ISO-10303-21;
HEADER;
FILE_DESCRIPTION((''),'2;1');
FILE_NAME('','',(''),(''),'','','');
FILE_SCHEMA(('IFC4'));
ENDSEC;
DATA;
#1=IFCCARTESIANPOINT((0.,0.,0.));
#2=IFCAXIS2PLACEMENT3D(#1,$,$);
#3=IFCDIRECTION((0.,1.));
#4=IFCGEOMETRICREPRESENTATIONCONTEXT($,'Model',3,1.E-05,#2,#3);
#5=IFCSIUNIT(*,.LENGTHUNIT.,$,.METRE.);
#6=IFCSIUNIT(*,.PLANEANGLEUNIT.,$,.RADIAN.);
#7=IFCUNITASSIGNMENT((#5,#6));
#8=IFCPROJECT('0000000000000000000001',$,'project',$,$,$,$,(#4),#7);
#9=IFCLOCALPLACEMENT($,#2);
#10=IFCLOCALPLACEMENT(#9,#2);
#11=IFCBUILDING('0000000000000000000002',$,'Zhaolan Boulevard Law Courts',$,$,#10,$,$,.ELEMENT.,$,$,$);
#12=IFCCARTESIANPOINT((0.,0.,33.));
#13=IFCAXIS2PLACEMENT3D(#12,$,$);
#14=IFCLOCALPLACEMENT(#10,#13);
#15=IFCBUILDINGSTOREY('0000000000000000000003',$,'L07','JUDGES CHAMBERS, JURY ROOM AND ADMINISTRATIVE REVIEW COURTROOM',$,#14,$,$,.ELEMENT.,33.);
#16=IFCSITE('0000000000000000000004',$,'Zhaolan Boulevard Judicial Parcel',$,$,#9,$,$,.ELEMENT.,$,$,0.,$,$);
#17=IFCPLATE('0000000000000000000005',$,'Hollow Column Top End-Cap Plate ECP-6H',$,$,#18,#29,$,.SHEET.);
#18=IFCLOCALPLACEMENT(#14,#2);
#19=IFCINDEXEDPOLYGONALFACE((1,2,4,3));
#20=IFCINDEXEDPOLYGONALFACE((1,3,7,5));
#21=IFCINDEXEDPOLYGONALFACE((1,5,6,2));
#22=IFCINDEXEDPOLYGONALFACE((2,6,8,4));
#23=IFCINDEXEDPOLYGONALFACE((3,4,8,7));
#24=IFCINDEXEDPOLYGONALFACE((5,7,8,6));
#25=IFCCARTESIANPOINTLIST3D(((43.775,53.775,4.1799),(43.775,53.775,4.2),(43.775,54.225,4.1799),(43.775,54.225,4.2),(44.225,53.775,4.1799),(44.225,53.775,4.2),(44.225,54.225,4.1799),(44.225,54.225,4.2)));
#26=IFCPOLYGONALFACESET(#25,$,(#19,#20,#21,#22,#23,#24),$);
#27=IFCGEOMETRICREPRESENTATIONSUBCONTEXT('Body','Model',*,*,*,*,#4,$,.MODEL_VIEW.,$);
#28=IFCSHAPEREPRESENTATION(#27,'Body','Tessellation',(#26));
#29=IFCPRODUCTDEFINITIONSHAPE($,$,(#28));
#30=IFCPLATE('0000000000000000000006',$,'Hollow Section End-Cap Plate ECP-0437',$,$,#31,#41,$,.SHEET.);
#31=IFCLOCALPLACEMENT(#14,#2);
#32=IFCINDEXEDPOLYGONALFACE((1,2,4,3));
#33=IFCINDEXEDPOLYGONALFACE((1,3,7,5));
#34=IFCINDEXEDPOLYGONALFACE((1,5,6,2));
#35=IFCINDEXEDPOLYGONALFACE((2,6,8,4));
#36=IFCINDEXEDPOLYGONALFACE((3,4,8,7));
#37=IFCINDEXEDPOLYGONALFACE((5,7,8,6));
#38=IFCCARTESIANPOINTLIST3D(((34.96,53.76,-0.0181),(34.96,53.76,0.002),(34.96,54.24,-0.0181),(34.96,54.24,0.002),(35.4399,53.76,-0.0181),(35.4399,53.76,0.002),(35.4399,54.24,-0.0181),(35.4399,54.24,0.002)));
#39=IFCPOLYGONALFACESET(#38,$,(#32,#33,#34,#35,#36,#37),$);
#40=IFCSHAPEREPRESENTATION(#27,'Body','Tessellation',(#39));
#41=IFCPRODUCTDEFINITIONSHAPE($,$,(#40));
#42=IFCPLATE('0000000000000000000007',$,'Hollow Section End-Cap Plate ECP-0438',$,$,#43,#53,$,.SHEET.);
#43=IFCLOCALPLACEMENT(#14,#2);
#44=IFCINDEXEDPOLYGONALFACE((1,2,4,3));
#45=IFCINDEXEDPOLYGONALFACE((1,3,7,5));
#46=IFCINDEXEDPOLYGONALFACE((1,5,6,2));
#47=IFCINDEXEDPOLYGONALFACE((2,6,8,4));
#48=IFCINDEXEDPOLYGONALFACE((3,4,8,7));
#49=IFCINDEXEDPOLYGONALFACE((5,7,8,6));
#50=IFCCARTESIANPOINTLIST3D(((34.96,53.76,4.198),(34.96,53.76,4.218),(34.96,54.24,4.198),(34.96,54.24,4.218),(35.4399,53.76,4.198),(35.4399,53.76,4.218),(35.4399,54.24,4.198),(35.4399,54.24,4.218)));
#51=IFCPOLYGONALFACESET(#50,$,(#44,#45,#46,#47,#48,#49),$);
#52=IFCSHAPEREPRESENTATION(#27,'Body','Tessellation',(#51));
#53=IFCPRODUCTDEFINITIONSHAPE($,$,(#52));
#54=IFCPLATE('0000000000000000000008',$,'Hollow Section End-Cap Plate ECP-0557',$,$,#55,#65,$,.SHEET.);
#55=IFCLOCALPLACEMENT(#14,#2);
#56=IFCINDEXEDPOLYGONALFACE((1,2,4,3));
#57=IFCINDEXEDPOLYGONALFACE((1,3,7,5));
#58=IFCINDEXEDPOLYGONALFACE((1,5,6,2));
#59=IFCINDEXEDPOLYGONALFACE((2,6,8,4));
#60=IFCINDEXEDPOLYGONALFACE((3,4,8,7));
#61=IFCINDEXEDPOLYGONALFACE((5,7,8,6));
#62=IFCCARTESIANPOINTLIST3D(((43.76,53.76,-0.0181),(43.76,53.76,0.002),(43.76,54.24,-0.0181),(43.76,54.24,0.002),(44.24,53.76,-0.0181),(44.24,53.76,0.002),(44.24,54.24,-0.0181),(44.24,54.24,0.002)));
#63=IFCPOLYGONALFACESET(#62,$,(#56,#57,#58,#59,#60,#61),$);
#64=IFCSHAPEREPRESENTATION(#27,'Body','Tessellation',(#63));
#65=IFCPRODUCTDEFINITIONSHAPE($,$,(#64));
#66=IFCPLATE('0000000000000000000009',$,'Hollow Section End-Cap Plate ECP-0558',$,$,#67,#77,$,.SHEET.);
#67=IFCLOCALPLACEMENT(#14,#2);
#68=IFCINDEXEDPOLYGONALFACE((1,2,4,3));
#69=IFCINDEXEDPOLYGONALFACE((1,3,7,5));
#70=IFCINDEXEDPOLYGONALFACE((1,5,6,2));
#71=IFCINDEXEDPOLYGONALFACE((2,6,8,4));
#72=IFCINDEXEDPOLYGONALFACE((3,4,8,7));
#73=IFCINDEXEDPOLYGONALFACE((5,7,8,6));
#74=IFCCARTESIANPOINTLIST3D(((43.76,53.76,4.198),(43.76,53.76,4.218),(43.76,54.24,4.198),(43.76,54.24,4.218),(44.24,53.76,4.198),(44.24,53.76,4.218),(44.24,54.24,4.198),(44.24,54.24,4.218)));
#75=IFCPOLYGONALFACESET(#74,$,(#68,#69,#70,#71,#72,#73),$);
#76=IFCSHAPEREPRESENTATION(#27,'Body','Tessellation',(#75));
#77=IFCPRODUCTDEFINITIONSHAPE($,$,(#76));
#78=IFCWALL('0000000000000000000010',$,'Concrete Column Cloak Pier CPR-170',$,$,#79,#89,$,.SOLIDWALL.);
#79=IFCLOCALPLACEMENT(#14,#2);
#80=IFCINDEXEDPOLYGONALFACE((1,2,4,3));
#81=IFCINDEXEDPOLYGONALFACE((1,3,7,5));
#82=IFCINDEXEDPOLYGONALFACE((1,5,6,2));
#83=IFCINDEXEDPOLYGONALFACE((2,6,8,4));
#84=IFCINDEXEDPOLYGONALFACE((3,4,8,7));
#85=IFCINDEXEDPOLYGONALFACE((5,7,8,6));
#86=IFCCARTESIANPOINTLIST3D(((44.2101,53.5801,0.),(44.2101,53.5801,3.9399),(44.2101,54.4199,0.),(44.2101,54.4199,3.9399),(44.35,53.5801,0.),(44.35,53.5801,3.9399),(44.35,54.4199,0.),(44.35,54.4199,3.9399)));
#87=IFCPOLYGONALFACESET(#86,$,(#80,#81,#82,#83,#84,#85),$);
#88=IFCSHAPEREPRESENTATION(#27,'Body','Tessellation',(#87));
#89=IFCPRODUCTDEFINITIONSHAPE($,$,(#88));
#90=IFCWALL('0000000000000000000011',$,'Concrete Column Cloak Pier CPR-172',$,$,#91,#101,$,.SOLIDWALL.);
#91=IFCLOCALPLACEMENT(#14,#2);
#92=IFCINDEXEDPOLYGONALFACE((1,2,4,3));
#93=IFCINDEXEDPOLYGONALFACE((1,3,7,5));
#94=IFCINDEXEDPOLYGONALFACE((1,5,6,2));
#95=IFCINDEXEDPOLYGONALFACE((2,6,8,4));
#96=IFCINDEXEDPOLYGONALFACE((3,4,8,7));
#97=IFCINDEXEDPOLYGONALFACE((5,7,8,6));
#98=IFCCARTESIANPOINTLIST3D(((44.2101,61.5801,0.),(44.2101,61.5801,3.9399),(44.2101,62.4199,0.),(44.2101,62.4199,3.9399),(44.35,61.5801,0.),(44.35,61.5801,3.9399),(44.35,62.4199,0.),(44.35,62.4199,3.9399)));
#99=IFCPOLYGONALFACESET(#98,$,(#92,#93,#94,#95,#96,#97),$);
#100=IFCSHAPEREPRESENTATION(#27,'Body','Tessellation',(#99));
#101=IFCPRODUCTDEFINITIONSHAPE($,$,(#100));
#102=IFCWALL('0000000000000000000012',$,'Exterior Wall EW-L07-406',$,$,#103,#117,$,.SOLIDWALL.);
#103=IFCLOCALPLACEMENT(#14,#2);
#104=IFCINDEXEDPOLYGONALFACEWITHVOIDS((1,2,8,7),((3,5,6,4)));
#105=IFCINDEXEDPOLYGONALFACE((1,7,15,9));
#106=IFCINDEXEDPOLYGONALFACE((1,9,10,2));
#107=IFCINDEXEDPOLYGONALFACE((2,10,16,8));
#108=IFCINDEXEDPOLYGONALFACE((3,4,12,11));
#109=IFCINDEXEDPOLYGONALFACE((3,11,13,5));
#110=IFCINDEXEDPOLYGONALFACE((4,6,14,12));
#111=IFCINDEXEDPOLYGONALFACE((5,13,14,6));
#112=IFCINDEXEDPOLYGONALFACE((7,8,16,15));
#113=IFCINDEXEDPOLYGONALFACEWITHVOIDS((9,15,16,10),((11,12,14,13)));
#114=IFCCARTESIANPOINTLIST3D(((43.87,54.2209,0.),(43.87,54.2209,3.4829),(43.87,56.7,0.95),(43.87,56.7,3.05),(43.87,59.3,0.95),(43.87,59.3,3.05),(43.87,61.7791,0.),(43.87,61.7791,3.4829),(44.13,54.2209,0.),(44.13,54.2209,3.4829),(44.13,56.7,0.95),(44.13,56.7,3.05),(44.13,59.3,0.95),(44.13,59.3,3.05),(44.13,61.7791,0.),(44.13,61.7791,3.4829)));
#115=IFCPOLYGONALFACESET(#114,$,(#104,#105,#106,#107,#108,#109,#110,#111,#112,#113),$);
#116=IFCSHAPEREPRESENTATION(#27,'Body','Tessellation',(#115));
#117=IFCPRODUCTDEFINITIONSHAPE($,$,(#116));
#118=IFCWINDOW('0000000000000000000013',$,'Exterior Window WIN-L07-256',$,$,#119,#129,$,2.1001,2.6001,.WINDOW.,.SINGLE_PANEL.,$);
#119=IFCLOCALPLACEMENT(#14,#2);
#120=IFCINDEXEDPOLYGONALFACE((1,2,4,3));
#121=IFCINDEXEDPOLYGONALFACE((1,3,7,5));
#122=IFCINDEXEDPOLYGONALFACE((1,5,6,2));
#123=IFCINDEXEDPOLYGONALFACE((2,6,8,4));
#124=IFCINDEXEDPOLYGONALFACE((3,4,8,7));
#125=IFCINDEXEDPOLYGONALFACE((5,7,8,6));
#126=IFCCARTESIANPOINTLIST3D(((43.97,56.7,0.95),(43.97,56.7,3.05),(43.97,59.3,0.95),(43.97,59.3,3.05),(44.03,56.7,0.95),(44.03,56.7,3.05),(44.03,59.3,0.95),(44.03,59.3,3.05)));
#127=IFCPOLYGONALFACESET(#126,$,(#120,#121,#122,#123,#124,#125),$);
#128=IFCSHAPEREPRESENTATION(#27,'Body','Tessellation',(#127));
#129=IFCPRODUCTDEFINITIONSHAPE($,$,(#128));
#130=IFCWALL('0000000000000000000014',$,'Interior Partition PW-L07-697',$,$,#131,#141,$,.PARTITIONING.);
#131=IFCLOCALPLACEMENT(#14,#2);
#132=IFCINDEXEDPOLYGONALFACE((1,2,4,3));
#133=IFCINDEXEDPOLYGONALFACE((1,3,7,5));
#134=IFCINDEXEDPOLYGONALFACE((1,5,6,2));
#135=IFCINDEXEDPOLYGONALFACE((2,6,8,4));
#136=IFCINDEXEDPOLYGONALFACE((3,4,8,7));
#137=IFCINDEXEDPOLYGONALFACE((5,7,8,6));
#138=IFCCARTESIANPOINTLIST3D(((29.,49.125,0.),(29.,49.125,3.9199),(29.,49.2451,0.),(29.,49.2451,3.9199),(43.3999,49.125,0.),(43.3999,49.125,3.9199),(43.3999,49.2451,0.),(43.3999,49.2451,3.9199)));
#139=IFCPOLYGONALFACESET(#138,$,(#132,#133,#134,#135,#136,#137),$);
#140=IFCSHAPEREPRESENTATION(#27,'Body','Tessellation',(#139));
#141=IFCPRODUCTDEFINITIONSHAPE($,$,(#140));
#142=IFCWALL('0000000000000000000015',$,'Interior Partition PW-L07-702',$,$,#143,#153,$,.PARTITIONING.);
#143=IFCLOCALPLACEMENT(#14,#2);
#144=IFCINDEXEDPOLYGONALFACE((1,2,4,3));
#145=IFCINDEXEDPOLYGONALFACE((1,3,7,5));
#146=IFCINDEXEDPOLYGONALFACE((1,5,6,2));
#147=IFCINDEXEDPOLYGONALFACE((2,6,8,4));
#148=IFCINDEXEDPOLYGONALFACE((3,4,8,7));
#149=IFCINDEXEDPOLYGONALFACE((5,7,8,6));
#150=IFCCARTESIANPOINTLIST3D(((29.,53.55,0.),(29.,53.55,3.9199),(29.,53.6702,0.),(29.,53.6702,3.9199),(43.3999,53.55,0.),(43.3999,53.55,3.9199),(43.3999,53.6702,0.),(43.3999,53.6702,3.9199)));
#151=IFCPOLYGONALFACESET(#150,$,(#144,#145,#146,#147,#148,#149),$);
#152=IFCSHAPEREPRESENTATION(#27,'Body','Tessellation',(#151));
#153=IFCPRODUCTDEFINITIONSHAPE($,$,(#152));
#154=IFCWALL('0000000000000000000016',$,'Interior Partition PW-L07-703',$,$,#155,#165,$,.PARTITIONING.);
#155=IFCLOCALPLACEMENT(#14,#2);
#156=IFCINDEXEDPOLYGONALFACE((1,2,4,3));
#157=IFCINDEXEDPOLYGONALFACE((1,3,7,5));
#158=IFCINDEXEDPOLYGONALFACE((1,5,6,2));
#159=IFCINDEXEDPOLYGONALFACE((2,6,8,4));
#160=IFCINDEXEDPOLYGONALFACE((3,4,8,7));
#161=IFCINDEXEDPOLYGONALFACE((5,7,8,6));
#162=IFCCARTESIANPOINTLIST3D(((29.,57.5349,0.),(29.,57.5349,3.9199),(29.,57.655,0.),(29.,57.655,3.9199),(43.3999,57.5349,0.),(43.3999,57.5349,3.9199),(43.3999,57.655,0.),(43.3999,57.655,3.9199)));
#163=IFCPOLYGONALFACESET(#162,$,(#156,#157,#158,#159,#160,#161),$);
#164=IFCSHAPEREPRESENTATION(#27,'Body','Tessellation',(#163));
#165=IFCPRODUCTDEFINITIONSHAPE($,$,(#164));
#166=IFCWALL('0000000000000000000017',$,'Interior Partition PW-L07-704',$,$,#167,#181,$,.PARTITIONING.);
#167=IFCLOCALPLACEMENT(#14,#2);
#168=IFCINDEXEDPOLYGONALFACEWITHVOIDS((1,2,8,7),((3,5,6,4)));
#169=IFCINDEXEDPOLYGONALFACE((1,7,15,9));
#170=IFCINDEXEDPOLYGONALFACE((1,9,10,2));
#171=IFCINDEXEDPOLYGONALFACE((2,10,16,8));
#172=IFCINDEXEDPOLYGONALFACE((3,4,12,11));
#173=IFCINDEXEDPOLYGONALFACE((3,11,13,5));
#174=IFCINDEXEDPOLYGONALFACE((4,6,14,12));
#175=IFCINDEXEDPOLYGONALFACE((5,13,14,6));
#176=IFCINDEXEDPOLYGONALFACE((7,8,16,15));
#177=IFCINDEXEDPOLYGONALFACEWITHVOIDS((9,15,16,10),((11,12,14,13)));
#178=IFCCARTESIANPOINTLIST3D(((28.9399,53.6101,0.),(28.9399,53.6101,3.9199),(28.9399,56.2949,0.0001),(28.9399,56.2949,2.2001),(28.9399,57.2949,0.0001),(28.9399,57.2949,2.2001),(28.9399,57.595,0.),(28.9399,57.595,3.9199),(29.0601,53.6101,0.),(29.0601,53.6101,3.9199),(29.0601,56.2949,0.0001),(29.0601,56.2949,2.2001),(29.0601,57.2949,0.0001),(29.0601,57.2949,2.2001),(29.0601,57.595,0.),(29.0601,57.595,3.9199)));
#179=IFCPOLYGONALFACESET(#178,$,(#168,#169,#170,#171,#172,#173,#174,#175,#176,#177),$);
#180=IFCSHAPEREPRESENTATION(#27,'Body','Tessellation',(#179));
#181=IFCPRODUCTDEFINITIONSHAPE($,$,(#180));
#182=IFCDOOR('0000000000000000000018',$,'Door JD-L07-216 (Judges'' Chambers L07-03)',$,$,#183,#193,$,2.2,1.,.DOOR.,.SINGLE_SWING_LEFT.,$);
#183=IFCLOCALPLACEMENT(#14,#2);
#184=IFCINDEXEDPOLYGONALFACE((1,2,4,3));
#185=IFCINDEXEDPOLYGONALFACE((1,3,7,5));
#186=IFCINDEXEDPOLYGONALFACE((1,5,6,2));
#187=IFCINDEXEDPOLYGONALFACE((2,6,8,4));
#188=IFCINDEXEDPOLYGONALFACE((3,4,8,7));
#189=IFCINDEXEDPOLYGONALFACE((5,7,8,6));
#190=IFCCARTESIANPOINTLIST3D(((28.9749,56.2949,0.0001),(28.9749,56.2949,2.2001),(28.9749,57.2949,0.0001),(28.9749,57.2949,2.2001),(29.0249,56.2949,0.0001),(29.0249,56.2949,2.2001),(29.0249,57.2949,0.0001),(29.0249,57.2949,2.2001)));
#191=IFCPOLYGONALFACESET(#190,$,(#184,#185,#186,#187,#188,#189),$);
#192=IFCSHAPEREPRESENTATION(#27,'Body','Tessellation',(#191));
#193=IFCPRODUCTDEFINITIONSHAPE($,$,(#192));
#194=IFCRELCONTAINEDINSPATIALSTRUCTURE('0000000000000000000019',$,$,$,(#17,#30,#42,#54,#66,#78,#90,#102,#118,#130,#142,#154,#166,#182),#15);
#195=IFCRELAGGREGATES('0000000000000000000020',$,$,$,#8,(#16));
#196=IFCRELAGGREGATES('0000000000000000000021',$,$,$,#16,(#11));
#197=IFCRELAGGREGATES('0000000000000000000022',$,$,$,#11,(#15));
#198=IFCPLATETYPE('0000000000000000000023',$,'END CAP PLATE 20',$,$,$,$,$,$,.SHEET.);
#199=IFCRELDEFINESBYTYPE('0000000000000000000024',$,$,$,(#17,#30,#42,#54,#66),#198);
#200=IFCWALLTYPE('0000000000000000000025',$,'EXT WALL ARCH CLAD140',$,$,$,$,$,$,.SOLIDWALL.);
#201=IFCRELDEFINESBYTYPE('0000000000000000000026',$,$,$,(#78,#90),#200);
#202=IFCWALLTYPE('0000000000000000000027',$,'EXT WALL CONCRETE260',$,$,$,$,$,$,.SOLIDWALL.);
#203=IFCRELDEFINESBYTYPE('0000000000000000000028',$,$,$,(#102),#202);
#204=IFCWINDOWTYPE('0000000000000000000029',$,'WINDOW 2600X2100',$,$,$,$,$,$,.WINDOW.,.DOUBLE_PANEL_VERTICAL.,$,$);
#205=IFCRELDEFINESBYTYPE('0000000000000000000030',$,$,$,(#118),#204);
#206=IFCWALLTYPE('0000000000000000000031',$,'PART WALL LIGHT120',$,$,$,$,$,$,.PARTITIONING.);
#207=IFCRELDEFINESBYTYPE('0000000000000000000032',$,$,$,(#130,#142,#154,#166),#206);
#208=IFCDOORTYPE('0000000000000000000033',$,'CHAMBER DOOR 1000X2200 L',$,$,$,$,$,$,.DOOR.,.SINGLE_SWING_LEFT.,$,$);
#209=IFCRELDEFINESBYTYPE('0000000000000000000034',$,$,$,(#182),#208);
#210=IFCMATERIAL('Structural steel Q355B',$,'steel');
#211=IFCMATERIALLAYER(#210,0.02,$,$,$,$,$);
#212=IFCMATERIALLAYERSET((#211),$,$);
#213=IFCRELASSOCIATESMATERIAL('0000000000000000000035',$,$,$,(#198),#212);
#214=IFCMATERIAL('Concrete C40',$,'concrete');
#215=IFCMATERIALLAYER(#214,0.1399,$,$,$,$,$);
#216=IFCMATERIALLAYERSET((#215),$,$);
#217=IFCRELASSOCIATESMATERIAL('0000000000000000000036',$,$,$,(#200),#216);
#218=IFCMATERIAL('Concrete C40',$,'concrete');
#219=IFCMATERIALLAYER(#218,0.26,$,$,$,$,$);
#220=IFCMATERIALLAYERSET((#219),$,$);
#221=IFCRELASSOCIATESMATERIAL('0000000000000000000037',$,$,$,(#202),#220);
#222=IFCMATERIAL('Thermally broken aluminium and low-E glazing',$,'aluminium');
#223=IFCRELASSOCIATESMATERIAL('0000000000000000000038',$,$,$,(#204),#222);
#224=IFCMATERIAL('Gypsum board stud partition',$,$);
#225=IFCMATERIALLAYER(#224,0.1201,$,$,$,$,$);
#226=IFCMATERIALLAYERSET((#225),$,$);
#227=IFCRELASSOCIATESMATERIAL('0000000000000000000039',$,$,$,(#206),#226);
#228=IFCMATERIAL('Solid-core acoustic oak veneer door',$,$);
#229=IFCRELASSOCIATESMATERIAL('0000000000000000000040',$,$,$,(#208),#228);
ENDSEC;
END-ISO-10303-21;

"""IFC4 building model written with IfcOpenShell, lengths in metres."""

from ifc_helpers import new_model, si_unit, direction, frame, frame_2d, origin, origin_2d, place, context, subcontext, project, spatial, rectangle, extrude, material, layer, layer_set, type_object, element, fill, save


model = new_model("IFC4")

# Units and contexts
model_context = context("Model", 3, precision=1e-05, world=origin(), true_north=direction((0.0, 1.0)))
body_context = subcontext(model_context, "Body", "Model", "MODEL_VIEW")
ifc_project = project(units=[si_unit("LENGTHUNIT", "METRE"), si_unit("PLANEANGLEUNIT", "RADIAN")], contexts=[model_context])

# Site, building, storey
site_placement = place(None, origin())
site = spatial("IfcSite", under=ifc_project, at=site_placement, Name="Zhaolan Boulevard Judicial Parcel", CompositionType="ELEMENT", RefElevation=0.0)
building_placement = place(site_placement, origin())
building = spatial("IfcBuilding", under=site, at=building_placement, Name="Zhaolan Boulevard Law Courts", CompositionType="ELEMENT")
storey_placement = place(building_placement, frame((0.0, 0.0, 33.0)))
storey = spatial("IfcBuildingStorey", under=building, at=storey_placement, Name="L07", Description="JUDGES CHAMBERS, JURY ROOM AND ADMINISTRATIVE REVIEW COURTROOM", CompositionType="ELEMENT", Elevation=33.0)

# Plates
ifc_material_1 = material(Name="Structural steel Q355B", Category="steel")
ifc_layer_1 = layer(ifc_material_1, 0.02)
ifc_layer_set_1 = layer_set([ifc_layer_1])
plate_type = type_object("IfcPlateType", Name="END CAP PLATE 20", PredefinedType="SHEET", material=ifc_layer_set_1)
plate_placement = place(storey_placement, frame((44.0, 54.0, 4.1799), z_axis=(0.0, 0.0, 1.0), x_axis=(1.0, 0.0, 0.0)))
element("IfcPlate", 1, at=plate_placement, inside=storey, type_object=plate_type, Name="Hollow Column Top End-Cap Plate ECP-6H", PredefinedType="SHEET", context=body_context, shape_type="SweptSolid", body=[
    extrude(rectangle(XDim=0.45, YDim=0.45, at=origin_2d()), origin(), (0.0, 0.0, 1.0), 0.02),
])
for number, where, z_axis, x_axis, name in (
    (2, (35.2, 54.0, -0.0181), (0.0, 0.0, 1.0), (1.0, 0.0, 0.0), "Hollow Section End-Cap Plate ECP-0437"),
    (3, (35.2, 54.0, 4.198), (0.0, 0.0, 1.0), (1.0, 0.0, 0.0), "Hollow Section End-Cap Plate ECP-0438"),
    (4, (44.0, 54.0, -0.0181), (0.0, 0.0, 1.0), (1.0, 0.0, 0.0), "Hollow Section End-Cap Plate ECP-0557"),
    (5, (44.0, 54.0, 4.198), (0.0, 0.0, 1.0), (1.0, 0.0, 0.0), "Hollow Section End-Cap Plate ECP-0558"),
):
    element("IfcPlate", number, at=place(storey_placement, frame(where, z_axis=z_axis, x_axis=x_axis)), inside=storey, type_object=plate_type, Name=name, PredefinedType="SHEET", context=body_context, shape_type="SweptSolid", body=[
        extrude(rectangle(XDim=0.48, YDim=0.48, at=origin_2d()), origin(), (0.0, 0.0, 1.0), 0.02),
    ])

# Walls
ifc_material_2 = material(Name="Concrete C40", Category="concrete")
ifc_layer_2 = layer(ifc_material_2, 0.1399)
ifc_layer_set_2 = layer_set([ifc_layer_2])
wall_type_1 = type_object("IfcWallType", Name="EXT WALL ARCH CLAD140", PredefinedType="SOLIDWALL", material=ifc_layer_set_2)
for number, where, z_axis, x_axis, name in (
    (6, (44.28, 53.5801, 0.0), (0.0, 0.0, 1.0), (0.0, 1.0, 0.0), "Concrete Column Cloak Pier CPR-170"),
    (7, (44.28, 61.5801, 0.0), (0.0, 0.0, 1.0), (0.0, 1.0, 0.0), "Concrete Column Cloak Pier CPR-172"),
):
    element("IfcWall", number, at=place(storey_placement, frame(where, z_axis=z_axis, x_axis=x_axis)), inside=storey, type_object=wall_type_1, Name=name, PredefinedType="SOLIDWALL", context=body_context, shape_type="SweptSolid", body=[
        extrude(rectangle(XDim=0.8398, YDim=0.1399, at=frame_2d((0.4199, 0.0))), origin(), (0.0, 0.0, 1.0), 3.9399),
    ])

# Wall, opening, window
ifc_material_3 = material(Name="Concrete C40", Category="concrete")
ifc_layer_3 = layer(ifc_material_3, 0.26)
ifc_layer_set_3 = layer_set([ifc_layer_3])
wall_type_2 = type_object("IfcWallType", Name="EXT WALL CONCRETE260", PredefinedType="SOLIDWALL", material=ifc_layer_set_3)
wall_1_placement = place(storey_placement, frame((44.0, 54.2209, 0.0), z_axis=(0.0, 0.0, 1.0), x_axis=(0.0, 1.0, 0.0)))
wall_1 = element("IfcWall", 8, at=wall_1_placement, inside=storey, type_object=wall_type_2, Name="Exterior Wall EW-L07-406", PredefinedType="SOLIDWALL", context=body_context, shape_type="SweptSolid", body=[
    extrude(rectangle(XDim=7.5581, YDim=0.26, at=frame_2d((3.7791, 0.0))), origin(), (0.0, 0.0, 1.0), 3.4829),
])
opening_1_placement = place(wall_1_placement, frame((2.479, 0.0, 0.95)))
opening_1 = element("IfcOpeningElement", 9, at=opening_1_placement, cuts=wall_1, PredefinedType="OPENING", context=body_context, shape_type="SweptSolid", body=[
    extrude(rectangle(XDim=2.6001, YDim=2.1001, at=frame_2d((1.3, 1.05))), frame((0.0, 0.1399, 0.0), z_axis=(0.0, -1.0, 0.0), x_axis=(1.0, 0.0, 0.0)), (0.0, 0.0, 1.0), 0.28),
])
ifc_material_4 = material(Name="Thermally broken aluminium and low-E glazing", Category="aluminium")
window_type = type_object("IfcWindowType", Name="WINDOW 2600X2100", PartitioningType="DOUBLE_PANEL_VERTICAL", PredefinedType="WINDOW", material=ifc_material_4)
window_placement = place(opening_1_placement, origin())
window = element("IfcWindow", 10, at=window_placement, inside=storey, type_object=window_type, Name="Exterior Window WIN-L07-256", OverallHeight=2.1001, OverallWidth=2.6001, PartitioningType="SINGLE_PANEL", PredefinedType="WINDOW", context=body_context, shape_type="SweptSolid", body=[
    extrude(rectangle(XDim=2.6001, YDim=2.1001, at=frame_2d((1.3, 1.05))), frame((0.0, 0.03, 0.0), z_axis=(0.0, -1.0, 0.0), x_axis=(1.0, 0.0, 0.0)), (0.0, 0.0, 1.0), 0.0601),
])
fill(opening_1, window)

# Walls
ifc_material_5 = material(Name="Gypsum board stud partition")
ifc_layer_4 = layer(ifc_material_5, 0.1201)
ifc_layer_set_4 = layer_set([ifc_layer_4])
wall_type_3 = type_object("IfcWallType", Name="PART WALL LIGHT120", PredefinedType="PARTITIONING", material=ifc_layer_set_4)
for number, where, z_axis, x_axis, name in (
    (11, (43.3999, 49.1851, 0.0), (0.0, 0.0, 1.0), (-1.0, 0.0, 0.0), "Interior Partition PW-L07-697"),
    (12, (29.0, 53.6101, 0.0), (0.0, 0.0, 1.0), (1.0, 0.0, 0.0), "Interior Partition PW-L07-702"),
    (13, (43.3999, 57.595, 0.0), (0.0, 0.0, 1.0), (-1.0, 0.0, 0.0), "Interior Partition PW-L07-703"),
):
    element("IfcWall", number, at=place(storey_placement, frame(where, z_axis=z_axis, x_axis=x_axis)), inside=storey, type_object=wall_type_3, Name=name, PredefinedType="PARTITIONING", context=body_context, shape_type="SweptSolid", body=[
        extrude(rectangle(XDim=14.3999, YDim=0.1201, at=frame_2d((7.2, 0.0))), origin(), (0.0, 0.0, 1.0), 3.9199),
    ])

# Wall, opening, door
wall_2_placement = place(storey_placement, frame((29.0, 57.595, 0.0), z_axis=(0.0, 0.0, 1.0), x_axis=(0.0, -1.0, 0.0)))
wall_2 = element("IfcWall", 14, at=wall_2_placement, inside=storey, type_object=wall_type_3, Name="Interior Partition PW-L07-704", PredefinedType="PARTITIONING", context=body_context, shape_type="SweptSolid", body=[
    extrude(rectangle(XDim=3.9849, YDim=0.1201, at=frame_2d((1.9924, 0.0))), origin(), (0.0, 0.0, 1.0), 3.9199),
])
opening_2_placement = place(wall_2_placement, frame((0.3, 0.0, 0.0)))
opening_2 = element("IfcOpeningElement", 15, at=opening_2_placement, cuts=wall_2, PredefinedType="OPENING", context=body_context, shape_type="SweptSolid", body=[
    extrude(rectangle(XDim=1.0, YDim=2.2, at=frame_2d((0.5, 1.1001))), frame((0.0, 0.0701, 0.0), z_axis=(0.0, -1.0, 0.0), x_axis=(1.0, 0.0, 0.0)), (0.0, 0.0, 1.0), 0.1401),
])
ifc_material_6 = material(Name="Solid-core acoustic oak veneer door")
door_type_1 = type_object("IfcDoorType", Name="CHAMBER DOOR 1000X2200 L", OperationType="SINGLE_SWING_LEFT", PredefinedType="DOOR", material=ifc_material_6)
door_1_placement = place(opening_2_placement, origin())
door_1 = element("IfcDoor", 16, at=door_1_placement, inside=storey, type_object=door_type_1, Name="Door JD-L07-216 (Judges' Chambers L07-03)", OperationType="SINGLE_SWING_LEFT", OverallHeight=2.2, OverallWidth=1.0, PredefinedType="DOOR", context=body_context, shape_type="SweptSolid", body=[
    extrude(rectangle(XDim=1.0, YDim=2.2, at=frame_2d((0.5, 1.1001))), frame((0.0, 0.0249, 0.0), z_axis=(0.0, -1.0, 0.0), x_axis=(1.0, 0.0, 0.0)), (0.0, 0.0, 1.0), 0.05),
])
fill(opening_2, door_1)

save(model, "model.ifc")
